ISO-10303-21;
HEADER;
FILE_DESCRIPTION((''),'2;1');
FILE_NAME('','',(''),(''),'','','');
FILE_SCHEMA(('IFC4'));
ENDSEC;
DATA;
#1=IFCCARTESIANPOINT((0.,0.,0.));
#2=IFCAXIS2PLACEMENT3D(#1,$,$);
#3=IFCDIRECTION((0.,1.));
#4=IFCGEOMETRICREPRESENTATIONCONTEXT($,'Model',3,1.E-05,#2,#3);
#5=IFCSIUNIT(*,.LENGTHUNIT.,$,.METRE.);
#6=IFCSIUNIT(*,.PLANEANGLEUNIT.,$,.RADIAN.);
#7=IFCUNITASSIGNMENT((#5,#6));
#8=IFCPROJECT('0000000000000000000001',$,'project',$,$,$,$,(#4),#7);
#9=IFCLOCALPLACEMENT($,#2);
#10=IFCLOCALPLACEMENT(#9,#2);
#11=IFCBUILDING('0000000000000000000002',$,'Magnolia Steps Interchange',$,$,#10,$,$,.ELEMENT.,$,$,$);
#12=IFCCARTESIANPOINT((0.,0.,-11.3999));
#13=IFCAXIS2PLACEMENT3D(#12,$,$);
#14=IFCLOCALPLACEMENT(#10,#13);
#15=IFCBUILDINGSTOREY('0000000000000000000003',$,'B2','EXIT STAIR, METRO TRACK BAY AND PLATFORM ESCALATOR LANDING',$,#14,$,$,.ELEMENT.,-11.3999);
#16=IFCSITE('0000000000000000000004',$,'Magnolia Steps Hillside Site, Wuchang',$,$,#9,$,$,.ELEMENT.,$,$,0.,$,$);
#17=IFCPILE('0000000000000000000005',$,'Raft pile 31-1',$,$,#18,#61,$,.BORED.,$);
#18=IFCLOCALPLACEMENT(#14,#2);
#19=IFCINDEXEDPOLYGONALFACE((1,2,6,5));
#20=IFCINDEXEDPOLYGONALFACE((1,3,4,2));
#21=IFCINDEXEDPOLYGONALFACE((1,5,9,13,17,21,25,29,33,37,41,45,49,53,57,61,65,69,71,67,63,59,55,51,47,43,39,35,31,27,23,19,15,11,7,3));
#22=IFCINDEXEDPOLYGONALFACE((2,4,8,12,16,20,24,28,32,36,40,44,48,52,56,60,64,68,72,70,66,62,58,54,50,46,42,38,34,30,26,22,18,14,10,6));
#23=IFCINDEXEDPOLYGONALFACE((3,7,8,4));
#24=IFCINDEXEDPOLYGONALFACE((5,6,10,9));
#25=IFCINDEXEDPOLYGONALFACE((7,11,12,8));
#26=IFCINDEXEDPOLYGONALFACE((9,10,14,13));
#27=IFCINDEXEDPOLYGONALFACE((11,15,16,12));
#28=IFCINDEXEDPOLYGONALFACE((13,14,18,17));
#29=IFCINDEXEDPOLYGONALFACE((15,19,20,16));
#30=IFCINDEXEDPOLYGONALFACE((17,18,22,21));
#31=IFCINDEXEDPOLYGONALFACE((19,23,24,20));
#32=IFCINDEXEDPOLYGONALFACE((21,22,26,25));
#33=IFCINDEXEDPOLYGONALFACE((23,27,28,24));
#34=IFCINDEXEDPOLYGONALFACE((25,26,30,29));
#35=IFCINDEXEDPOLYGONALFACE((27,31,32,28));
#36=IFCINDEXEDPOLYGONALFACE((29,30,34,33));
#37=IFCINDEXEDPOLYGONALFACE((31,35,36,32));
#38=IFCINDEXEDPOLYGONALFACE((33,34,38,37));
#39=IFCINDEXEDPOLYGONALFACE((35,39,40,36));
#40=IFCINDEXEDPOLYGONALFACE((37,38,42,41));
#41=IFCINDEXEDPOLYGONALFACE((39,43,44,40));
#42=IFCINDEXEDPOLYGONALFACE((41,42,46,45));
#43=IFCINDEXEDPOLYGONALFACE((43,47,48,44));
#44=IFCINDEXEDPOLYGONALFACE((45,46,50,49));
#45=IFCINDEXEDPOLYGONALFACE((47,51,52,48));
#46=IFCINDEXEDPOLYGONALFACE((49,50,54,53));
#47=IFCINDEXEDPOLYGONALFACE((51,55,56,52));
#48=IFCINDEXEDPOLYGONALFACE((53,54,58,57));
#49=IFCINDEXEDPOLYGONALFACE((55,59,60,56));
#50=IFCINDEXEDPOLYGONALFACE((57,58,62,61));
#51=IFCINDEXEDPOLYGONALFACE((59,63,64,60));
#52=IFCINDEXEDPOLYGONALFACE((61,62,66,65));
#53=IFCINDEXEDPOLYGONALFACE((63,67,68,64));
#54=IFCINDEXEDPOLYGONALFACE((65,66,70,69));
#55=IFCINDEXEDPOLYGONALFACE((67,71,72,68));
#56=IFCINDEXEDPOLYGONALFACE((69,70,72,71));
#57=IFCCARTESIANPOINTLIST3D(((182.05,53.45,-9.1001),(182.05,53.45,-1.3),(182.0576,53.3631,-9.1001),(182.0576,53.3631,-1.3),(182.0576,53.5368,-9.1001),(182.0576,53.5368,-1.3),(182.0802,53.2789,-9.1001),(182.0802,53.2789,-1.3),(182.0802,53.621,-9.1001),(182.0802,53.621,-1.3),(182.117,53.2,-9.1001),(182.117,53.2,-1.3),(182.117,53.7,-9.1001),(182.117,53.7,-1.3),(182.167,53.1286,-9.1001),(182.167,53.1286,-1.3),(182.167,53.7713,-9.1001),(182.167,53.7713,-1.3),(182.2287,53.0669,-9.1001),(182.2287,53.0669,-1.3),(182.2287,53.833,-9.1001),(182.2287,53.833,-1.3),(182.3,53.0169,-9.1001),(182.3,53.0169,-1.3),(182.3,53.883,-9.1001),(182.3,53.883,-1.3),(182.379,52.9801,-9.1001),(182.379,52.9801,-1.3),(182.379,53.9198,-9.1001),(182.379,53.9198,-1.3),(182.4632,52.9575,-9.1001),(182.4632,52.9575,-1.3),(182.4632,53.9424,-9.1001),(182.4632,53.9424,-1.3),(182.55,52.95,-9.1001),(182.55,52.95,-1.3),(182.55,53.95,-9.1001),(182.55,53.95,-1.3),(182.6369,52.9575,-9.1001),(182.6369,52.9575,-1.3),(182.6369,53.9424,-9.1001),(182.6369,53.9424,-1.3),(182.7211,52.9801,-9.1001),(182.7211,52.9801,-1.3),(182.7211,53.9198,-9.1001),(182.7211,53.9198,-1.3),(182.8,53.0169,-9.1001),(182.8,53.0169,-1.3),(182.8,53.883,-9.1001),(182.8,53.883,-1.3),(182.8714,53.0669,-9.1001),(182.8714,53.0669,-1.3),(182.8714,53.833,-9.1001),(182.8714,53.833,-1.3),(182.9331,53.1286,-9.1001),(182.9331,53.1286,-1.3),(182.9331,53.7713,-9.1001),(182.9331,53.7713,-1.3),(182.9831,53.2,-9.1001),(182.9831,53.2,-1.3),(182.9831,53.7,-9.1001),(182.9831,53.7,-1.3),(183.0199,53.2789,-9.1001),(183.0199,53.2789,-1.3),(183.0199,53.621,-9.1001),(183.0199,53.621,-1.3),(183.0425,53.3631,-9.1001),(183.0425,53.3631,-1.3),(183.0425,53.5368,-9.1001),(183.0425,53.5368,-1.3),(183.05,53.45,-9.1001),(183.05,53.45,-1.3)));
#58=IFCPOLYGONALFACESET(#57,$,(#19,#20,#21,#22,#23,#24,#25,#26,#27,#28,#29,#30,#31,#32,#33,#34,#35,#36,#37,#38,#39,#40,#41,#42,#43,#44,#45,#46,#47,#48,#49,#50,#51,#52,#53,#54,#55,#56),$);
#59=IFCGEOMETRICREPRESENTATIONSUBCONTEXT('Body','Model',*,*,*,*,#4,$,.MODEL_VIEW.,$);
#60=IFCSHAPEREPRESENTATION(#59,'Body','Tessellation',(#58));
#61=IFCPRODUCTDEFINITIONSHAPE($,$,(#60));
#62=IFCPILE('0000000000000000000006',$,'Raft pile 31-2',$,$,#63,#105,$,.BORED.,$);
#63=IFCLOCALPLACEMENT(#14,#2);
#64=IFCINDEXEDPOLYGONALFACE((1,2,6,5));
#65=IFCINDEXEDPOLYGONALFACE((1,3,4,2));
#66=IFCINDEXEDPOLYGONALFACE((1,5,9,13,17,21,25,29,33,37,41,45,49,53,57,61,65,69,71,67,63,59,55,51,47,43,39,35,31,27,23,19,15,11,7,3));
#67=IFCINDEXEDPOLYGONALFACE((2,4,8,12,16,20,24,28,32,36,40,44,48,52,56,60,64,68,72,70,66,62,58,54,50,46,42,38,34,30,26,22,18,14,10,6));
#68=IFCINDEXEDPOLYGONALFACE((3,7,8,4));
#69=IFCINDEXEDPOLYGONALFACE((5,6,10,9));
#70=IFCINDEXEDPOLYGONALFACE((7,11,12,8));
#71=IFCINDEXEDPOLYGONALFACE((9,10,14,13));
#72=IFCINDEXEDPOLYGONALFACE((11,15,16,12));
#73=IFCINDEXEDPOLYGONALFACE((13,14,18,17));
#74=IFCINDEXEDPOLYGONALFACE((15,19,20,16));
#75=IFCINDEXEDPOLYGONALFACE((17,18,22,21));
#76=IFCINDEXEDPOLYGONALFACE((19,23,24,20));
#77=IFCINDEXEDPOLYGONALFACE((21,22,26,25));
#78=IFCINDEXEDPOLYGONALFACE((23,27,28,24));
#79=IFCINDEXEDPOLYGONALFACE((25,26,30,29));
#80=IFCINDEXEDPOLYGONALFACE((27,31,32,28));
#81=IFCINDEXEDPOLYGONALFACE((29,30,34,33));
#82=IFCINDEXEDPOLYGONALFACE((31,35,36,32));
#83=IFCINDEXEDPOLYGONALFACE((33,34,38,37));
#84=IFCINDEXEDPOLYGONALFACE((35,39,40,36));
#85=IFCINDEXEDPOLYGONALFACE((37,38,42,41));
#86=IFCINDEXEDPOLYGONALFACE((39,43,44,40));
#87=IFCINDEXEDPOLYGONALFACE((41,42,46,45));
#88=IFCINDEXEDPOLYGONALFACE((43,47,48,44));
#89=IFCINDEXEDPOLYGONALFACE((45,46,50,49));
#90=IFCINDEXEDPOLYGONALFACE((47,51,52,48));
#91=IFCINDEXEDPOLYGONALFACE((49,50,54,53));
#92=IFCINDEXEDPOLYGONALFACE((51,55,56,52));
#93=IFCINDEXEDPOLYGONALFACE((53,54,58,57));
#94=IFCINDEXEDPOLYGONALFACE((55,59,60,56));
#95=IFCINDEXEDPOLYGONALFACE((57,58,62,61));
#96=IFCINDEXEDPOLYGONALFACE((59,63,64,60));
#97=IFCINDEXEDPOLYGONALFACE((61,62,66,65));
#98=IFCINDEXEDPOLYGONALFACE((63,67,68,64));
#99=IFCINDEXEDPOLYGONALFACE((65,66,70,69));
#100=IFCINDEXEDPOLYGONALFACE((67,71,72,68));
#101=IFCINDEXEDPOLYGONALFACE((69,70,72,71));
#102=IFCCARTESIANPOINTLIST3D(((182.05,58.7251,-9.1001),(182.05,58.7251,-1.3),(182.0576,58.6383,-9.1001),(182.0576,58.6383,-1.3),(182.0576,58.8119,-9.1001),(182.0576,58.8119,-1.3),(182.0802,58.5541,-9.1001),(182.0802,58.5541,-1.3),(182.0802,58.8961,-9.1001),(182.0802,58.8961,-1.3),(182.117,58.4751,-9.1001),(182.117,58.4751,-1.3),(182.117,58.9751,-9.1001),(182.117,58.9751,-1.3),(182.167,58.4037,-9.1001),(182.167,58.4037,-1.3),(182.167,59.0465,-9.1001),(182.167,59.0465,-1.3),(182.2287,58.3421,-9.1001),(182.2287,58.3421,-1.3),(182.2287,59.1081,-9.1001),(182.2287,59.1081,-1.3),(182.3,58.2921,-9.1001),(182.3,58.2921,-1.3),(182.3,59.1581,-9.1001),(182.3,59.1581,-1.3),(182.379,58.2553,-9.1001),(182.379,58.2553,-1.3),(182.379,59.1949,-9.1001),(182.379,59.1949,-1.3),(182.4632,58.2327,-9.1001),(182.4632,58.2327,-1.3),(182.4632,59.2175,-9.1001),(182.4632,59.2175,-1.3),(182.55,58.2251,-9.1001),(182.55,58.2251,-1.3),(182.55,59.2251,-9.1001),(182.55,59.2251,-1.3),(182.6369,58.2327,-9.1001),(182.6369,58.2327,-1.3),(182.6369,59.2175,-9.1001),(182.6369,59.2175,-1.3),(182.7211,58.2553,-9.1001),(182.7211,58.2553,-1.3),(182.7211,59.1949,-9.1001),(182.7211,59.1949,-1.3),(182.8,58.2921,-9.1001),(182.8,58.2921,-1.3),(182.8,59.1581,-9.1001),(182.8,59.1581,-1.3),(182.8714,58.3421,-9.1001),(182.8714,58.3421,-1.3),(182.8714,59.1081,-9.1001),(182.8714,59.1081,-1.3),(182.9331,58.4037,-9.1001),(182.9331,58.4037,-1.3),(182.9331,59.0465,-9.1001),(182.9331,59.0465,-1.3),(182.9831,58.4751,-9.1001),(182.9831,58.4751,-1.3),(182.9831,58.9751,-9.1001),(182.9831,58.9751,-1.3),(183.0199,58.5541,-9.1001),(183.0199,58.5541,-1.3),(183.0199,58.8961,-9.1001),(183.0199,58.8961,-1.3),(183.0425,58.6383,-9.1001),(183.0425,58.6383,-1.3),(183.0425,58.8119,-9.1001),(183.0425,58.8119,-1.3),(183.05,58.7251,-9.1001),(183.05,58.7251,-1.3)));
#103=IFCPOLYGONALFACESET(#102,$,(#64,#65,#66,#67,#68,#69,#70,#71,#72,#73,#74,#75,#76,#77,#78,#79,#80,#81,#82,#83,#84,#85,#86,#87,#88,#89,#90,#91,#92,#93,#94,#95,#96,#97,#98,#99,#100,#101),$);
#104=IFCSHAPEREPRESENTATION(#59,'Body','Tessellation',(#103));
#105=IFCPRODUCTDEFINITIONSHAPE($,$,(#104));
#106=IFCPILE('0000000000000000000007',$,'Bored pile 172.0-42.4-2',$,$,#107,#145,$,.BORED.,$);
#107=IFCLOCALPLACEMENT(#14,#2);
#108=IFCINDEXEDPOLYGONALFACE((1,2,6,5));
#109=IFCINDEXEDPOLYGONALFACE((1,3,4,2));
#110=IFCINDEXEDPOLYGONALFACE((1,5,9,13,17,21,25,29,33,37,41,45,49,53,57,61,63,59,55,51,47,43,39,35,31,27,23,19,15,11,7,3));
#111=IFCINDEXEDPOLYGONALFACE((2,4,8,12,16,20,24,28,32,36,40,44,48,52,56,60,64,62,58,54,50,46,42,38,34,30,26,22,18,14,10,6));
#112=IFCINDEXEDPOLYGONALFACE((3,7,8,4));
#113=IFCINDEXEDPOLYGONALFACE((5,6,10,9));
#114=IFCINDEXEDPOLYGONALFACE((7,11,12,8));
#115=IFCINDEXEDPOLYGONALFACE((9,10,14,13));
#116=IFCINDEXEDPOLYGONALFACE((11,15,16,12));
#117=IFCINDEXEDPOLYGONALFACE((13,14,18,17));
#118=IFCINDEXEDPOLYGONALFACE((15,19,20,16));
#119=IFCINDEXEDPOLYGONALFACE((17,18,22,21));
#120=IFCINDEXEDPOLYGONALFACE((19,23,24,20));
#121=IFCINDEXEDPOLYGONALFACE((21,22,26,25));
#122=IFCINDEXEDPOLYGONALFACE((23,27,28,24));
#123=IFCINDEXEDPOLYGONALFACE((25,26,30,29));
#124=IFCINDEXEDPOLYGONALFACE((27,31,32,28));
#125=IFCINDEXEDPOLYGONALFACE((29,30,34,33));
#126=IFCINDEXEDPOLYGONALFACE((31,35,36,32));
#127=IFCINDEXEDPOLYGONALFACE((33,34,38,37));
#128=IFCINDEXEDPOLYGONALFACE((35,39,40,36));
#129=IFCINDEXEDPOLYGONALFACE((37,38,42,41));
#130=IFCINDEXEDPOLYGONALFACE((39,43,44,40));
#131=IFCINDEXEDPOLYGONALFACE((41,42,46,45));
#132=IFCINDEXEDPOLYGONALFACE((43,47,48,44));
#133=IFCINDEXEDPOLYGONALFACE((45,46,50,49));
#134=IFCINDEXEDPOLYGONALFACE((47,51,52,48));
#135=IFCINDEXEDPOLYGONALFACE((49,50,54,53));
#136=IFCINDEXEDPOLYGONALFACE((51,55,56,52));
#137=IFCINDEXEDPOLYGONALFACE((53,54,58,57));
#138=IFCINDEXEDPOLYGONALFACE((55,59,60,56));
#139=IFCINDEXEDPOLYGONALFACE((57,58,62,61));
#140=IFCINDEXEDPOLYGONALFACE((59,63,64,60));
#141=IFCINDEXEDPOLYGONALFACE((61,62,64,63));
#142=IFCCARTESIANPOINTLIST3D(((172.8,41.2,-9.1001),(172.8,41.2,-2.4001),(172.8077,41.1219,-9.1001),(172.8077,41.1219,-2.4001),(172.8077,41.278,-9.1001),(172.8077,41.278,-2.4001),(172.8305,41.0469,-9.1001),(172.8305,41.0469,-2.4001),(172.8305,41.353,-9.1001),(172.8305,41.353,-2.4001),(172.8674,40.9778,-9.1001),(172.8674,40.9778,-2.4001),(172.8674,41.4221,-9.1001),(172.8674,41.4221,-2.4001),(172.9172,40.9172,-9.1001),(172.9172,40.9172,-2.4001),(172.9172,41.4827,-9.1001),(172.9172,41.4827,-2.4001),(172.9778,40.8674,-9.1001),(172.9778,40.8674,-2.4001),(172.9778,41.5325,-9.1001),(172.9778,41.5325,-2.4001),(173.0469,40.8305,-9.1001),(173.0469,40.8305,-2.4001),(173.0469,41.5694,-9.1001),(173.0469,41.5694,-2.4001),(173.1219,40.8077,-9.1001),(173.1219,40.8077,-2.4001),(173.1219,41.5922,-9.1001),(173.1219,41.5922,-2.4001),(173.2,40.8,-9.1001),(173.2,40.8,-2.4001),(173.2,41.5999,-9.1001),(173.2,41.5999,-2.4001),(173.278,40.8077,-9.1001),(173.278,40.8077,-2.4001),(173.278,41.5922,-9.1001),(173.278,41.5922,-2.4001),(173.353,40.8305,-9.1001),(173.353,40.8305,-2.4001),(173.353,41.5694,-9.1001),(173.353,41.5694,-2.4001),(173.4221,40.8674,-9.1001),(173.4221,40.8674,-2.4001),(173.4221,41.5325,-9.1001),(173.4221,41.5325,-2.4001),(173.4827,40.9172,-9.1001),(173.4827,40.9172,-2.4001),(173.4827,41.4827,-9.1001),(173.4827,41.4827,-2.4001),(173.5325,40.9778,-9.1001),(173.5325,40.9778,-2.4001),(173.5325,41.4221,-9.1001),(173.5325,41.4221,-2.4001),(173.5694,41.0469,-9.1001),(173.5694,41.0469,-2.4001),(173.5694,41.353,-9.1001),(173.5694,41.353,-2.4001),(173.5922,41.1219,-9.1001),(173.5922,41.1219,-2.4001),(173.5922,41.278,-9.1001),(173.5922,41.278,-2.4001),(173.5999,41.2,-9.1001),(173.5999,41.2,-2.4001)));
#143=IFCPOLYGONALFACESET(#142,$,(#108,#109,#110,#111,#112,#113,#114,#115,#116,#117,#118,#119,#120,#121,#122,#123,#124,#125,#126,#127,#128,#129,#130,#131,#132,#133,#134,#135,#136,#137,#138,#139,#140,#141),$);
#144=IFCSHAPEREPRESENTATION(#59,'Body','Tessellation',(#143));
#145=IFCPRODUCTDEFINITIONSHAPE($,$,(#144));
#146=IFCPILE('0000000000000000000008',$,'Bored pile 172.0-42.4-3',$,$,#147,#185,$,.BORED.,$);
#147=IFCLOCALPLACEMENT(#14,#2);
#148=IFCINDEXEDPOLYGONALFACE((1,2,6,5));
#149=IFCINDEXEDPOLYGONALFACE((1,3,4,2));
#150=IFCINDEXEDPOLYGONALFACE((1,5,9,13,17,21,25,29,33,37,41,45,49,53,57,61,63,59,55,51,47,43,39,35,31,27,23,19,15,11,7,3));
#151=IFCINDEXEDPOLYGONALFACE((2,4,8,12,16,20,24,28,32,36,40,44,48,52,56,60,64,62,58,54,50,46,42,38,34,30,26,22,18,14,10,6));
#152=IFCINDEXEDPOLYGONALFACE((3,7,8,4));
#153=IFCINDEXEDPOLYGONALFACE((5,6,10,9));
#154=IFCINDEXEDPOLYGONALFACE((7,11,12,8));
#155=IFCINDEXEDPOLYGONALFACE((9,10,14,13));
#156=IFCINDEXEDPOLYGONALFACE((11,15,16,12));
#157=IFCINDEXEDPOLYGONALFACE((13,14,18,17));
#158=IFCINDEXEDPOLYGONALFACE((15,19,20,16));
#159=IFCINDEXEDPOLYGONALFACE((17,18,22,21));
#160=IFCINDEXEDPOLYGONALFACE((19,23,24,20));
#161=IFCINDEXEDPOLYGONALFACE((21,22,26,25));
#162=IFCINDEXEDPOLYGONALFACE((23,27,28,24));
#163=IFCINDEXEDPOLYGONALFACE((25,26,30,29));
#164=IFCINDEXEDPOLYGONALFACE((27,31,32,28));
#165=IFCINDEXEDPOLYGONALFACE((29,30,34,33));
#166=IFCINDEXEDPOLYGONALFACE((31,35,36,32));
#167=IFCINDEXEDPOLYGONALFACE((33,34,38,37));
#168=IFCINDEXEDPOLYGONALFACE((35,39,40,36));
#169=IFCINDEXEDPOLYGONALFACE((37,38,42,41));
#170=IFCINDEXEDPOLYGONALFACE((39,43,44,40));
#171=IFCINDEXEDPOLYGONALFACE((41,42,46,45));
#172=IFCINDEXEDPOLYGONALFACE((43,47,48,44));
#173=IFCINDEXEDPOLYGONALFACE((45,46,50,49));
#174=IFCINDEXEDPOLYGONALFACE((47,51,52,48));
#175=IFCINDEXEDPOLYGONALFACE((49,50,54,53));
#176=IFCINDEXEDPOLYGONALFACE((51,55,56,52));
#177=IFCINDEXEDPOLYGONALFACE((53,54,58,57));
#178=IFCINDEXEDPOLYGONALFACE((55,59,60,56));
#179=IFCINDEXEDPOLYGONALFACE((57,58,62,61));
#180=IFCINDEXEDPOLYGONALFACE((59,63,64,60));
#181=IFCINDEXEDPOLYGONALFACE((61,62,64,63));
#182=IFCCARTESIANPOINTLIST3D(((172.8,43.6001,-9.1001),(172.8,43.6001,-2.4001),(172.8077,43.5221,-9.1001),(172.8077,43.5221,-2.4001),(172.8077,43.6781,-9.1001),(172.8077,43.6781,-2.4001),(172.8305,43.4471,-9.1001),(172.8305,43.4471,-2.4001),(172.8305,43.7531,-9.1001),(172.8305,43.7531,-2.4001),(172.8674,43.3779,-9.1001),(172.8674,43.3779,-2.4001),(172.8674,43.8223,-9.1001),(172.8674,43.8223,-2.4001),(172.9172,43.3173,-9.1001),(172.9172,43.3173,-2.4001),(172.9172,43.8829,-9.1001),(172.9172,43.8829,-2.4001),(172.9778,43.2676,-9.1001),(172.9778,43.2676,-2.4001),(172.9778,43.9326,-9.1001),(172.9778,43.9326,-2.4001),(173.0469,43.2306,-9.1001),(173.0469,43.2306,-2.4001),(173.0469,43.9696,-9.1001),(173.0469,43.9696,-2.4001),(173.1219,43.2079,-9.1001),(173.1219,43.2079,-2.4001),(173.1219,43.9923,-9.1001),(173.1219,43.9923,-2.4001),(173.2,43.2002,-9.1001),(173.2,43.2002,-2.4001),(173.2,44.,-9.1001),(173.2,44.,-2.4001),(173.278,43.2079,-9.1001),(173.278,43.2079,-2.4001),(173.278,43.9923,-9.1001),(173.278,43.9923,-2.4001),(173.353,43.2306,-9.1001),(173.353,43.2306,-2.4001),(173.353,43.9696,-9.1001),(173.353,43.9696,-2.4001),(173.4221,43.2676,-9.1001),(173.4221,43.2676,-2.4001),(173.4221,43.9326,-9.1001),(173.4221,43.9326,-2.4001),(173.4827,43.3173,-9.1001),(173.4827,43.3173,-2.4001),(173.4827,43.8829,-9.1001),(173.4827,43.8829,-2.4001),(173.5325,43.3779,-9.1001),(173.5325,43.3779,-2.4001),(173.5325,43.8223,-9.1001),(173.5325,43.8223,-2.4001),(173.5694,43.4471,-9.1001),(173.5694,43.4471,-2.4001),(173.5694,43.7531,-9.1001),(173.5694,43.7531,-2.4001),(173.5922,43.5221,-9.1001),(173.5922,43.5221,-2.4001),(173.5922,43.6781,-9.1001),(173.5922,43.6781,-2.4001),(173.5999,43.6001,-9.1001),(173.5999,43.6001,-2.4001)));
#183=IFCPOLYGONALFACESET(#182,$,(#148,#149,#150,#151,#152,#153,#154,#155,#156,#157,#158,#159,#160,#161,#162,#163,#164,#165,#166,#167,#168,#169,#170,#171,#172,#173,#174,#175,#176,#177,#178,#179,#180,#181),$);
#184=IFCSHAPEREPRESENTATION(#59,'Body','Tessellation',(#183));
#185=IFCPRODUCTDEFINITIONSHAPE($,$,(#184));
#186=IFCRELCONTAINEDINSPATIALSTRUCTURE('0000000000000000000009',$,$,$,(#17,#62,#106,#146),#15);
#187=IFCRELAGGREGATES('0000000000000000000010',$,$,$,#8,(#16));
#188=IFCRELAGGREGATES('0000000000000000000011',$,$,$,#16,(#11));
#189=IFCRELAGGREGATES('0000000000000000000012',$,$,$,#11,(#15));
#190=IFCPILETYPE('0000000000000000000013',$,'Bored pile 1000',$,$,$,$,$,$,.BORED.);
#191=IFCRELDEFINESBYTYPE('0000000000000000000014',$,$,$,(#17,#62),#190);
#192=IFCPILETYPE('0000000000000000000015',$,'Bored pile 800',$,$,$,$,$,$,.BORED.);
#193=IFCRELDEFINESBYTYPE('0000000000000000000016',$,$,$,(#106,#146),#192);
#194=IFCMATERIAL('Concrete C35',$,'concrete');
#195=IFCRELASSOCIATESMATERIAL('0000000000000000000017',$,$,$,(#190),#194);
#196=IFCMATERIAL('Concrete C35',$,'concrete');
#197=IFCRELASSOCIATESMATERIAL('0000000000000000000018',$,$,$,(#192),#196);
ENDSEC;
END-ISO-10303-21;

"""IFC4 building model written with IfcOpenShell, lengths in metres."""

from ifc_helpers import new_model, si_unit, direction, frame, origin, origin_2d, place, context, subcontext, project, spatial, circle, extrude, material, material_profile, profile_set, type_object, element, save


model = new_model("IFC4")

# Units and contexts
model_context = context("Model", 3, precision=1e-05, world=origin(), true_north=direction((0.0, 1.0)))
body_context = subcontext(model_context, "Body", "Model", "MODEL_VIEW")
ifc_project = project(units=[si_unit("LENGTHUNIT", "METRE"), si_unit("PLANEANGLEUNIT", "RADIAN")], contexts=[model_context])

# Site, building, storey
site_placement = place(None, origin())
site = spatial("IfcSite", under=ifc_project, at=site_placement, Name="Magnolia Steps Hillside Site, Wuchang", CompositionType="ELEMENT", RefElevation=0.0)
building_placement = place(site_placement, origin())
building = spatial("IfcBuilding", under=site, at=building_placement, Name="Magnolia Steps Interchange", CompositionType="ELEMENT")
storey_placement = place(building_placement, frame((0.0, 0.0, -11.3999)))
storey = spatial("IfcBuildingStorey", under=building, at=storey_placement, Name="B2", Description="EXIT STAIR, METRO TRACK BAY AND PLATFORM ESCALATOR LANDING", CompositionType="ELEMENT", Elevation=-11.3999)

# Piles
ifc_material_1 = material(Name="Concrete C35", Category="concrete")
ifc_material_profile_1 = material_profile(ifc_material_1, circle(Radius=0.5, at=origin_2d()), Name="Bored pile 1000")
ifc_profile_set_1 = profile_set([ifc_material_profile_1], Name="Concrete C35")
pile_type_1 = type_object("IfcPileType", Name="Bored pile 1000", PredefinedType="BORED", material=ifc_profile_set_1)
for number, where, z_axis, x_axis, name in (
    (1, (182.55, 53.45, -1.3), (0.0, 0.0, -1.0), (1.0, 0.0, 0.0), "Raft pile 31-1"),
    (2, (182.55, 58.7251, -1.3), (0.0, 0.0, -1.0), (1.0, 0.0, 0.0), "Raft pile 31-2"),
):
    element("IfcPile", number, at=place(storey_placement, frame(where, z_axis=z_axis, x_axis=x_axis)), inside=storey, type_object=pile_type_1, Name=name, PredefinedType="BORED", context=body_context, shape_type="SweptSolid", body=[
        extrude(circle(Radius=0.5, at=origin_2d()), origin(), (0.0, 0.0, 1.0), 7.8),
    ])
ifc_material_2 = material(Name="Concrete C35", Category="concrete")
ifc_material_profile_2 = material_profile(ifc_material_2, circle(Radius=0.3999, at=origin_2d()), Name="Bored pile 800")
ifc_profile_set_2 = profile_set([ifc_material_profile_2], Name="Concrete C35")
pile_type_2 = type_object("IfcPileType", Name="Bored pile 800", PredefinedType="BORED", material=ifc_profile_set_2)
for number, where, z_axis, x_axis, name in (
    (3, (173.2, 41.2, -2.4001), (0.0, 0.0, -1.0), (1.0, 0.0, 0.0), "Bored pile 172.0-42.4-2"),
    (4, (173.2, 43.6001, -2.4001), (0.0, 0.0, -1.0), (1.0, 0.0, 0.0), "Bored pile 172.0-42.4-3"),
):
    element("IfcPile", number, at=place(storey_placement, frame(where, z_axis=z_axis, x_axis=x_axis)), inside=storey, type_object=pile_type_2, Name=name, PredefinedType="BORED", context=body_context, shape_type="SweptSolid", body=[
        extrude(circle(Radius=0.3999, at=origin_2d()), origin(), (0.0, 0.0, 1.0), 6.7),
    ])

save(model, "model.ifc")
